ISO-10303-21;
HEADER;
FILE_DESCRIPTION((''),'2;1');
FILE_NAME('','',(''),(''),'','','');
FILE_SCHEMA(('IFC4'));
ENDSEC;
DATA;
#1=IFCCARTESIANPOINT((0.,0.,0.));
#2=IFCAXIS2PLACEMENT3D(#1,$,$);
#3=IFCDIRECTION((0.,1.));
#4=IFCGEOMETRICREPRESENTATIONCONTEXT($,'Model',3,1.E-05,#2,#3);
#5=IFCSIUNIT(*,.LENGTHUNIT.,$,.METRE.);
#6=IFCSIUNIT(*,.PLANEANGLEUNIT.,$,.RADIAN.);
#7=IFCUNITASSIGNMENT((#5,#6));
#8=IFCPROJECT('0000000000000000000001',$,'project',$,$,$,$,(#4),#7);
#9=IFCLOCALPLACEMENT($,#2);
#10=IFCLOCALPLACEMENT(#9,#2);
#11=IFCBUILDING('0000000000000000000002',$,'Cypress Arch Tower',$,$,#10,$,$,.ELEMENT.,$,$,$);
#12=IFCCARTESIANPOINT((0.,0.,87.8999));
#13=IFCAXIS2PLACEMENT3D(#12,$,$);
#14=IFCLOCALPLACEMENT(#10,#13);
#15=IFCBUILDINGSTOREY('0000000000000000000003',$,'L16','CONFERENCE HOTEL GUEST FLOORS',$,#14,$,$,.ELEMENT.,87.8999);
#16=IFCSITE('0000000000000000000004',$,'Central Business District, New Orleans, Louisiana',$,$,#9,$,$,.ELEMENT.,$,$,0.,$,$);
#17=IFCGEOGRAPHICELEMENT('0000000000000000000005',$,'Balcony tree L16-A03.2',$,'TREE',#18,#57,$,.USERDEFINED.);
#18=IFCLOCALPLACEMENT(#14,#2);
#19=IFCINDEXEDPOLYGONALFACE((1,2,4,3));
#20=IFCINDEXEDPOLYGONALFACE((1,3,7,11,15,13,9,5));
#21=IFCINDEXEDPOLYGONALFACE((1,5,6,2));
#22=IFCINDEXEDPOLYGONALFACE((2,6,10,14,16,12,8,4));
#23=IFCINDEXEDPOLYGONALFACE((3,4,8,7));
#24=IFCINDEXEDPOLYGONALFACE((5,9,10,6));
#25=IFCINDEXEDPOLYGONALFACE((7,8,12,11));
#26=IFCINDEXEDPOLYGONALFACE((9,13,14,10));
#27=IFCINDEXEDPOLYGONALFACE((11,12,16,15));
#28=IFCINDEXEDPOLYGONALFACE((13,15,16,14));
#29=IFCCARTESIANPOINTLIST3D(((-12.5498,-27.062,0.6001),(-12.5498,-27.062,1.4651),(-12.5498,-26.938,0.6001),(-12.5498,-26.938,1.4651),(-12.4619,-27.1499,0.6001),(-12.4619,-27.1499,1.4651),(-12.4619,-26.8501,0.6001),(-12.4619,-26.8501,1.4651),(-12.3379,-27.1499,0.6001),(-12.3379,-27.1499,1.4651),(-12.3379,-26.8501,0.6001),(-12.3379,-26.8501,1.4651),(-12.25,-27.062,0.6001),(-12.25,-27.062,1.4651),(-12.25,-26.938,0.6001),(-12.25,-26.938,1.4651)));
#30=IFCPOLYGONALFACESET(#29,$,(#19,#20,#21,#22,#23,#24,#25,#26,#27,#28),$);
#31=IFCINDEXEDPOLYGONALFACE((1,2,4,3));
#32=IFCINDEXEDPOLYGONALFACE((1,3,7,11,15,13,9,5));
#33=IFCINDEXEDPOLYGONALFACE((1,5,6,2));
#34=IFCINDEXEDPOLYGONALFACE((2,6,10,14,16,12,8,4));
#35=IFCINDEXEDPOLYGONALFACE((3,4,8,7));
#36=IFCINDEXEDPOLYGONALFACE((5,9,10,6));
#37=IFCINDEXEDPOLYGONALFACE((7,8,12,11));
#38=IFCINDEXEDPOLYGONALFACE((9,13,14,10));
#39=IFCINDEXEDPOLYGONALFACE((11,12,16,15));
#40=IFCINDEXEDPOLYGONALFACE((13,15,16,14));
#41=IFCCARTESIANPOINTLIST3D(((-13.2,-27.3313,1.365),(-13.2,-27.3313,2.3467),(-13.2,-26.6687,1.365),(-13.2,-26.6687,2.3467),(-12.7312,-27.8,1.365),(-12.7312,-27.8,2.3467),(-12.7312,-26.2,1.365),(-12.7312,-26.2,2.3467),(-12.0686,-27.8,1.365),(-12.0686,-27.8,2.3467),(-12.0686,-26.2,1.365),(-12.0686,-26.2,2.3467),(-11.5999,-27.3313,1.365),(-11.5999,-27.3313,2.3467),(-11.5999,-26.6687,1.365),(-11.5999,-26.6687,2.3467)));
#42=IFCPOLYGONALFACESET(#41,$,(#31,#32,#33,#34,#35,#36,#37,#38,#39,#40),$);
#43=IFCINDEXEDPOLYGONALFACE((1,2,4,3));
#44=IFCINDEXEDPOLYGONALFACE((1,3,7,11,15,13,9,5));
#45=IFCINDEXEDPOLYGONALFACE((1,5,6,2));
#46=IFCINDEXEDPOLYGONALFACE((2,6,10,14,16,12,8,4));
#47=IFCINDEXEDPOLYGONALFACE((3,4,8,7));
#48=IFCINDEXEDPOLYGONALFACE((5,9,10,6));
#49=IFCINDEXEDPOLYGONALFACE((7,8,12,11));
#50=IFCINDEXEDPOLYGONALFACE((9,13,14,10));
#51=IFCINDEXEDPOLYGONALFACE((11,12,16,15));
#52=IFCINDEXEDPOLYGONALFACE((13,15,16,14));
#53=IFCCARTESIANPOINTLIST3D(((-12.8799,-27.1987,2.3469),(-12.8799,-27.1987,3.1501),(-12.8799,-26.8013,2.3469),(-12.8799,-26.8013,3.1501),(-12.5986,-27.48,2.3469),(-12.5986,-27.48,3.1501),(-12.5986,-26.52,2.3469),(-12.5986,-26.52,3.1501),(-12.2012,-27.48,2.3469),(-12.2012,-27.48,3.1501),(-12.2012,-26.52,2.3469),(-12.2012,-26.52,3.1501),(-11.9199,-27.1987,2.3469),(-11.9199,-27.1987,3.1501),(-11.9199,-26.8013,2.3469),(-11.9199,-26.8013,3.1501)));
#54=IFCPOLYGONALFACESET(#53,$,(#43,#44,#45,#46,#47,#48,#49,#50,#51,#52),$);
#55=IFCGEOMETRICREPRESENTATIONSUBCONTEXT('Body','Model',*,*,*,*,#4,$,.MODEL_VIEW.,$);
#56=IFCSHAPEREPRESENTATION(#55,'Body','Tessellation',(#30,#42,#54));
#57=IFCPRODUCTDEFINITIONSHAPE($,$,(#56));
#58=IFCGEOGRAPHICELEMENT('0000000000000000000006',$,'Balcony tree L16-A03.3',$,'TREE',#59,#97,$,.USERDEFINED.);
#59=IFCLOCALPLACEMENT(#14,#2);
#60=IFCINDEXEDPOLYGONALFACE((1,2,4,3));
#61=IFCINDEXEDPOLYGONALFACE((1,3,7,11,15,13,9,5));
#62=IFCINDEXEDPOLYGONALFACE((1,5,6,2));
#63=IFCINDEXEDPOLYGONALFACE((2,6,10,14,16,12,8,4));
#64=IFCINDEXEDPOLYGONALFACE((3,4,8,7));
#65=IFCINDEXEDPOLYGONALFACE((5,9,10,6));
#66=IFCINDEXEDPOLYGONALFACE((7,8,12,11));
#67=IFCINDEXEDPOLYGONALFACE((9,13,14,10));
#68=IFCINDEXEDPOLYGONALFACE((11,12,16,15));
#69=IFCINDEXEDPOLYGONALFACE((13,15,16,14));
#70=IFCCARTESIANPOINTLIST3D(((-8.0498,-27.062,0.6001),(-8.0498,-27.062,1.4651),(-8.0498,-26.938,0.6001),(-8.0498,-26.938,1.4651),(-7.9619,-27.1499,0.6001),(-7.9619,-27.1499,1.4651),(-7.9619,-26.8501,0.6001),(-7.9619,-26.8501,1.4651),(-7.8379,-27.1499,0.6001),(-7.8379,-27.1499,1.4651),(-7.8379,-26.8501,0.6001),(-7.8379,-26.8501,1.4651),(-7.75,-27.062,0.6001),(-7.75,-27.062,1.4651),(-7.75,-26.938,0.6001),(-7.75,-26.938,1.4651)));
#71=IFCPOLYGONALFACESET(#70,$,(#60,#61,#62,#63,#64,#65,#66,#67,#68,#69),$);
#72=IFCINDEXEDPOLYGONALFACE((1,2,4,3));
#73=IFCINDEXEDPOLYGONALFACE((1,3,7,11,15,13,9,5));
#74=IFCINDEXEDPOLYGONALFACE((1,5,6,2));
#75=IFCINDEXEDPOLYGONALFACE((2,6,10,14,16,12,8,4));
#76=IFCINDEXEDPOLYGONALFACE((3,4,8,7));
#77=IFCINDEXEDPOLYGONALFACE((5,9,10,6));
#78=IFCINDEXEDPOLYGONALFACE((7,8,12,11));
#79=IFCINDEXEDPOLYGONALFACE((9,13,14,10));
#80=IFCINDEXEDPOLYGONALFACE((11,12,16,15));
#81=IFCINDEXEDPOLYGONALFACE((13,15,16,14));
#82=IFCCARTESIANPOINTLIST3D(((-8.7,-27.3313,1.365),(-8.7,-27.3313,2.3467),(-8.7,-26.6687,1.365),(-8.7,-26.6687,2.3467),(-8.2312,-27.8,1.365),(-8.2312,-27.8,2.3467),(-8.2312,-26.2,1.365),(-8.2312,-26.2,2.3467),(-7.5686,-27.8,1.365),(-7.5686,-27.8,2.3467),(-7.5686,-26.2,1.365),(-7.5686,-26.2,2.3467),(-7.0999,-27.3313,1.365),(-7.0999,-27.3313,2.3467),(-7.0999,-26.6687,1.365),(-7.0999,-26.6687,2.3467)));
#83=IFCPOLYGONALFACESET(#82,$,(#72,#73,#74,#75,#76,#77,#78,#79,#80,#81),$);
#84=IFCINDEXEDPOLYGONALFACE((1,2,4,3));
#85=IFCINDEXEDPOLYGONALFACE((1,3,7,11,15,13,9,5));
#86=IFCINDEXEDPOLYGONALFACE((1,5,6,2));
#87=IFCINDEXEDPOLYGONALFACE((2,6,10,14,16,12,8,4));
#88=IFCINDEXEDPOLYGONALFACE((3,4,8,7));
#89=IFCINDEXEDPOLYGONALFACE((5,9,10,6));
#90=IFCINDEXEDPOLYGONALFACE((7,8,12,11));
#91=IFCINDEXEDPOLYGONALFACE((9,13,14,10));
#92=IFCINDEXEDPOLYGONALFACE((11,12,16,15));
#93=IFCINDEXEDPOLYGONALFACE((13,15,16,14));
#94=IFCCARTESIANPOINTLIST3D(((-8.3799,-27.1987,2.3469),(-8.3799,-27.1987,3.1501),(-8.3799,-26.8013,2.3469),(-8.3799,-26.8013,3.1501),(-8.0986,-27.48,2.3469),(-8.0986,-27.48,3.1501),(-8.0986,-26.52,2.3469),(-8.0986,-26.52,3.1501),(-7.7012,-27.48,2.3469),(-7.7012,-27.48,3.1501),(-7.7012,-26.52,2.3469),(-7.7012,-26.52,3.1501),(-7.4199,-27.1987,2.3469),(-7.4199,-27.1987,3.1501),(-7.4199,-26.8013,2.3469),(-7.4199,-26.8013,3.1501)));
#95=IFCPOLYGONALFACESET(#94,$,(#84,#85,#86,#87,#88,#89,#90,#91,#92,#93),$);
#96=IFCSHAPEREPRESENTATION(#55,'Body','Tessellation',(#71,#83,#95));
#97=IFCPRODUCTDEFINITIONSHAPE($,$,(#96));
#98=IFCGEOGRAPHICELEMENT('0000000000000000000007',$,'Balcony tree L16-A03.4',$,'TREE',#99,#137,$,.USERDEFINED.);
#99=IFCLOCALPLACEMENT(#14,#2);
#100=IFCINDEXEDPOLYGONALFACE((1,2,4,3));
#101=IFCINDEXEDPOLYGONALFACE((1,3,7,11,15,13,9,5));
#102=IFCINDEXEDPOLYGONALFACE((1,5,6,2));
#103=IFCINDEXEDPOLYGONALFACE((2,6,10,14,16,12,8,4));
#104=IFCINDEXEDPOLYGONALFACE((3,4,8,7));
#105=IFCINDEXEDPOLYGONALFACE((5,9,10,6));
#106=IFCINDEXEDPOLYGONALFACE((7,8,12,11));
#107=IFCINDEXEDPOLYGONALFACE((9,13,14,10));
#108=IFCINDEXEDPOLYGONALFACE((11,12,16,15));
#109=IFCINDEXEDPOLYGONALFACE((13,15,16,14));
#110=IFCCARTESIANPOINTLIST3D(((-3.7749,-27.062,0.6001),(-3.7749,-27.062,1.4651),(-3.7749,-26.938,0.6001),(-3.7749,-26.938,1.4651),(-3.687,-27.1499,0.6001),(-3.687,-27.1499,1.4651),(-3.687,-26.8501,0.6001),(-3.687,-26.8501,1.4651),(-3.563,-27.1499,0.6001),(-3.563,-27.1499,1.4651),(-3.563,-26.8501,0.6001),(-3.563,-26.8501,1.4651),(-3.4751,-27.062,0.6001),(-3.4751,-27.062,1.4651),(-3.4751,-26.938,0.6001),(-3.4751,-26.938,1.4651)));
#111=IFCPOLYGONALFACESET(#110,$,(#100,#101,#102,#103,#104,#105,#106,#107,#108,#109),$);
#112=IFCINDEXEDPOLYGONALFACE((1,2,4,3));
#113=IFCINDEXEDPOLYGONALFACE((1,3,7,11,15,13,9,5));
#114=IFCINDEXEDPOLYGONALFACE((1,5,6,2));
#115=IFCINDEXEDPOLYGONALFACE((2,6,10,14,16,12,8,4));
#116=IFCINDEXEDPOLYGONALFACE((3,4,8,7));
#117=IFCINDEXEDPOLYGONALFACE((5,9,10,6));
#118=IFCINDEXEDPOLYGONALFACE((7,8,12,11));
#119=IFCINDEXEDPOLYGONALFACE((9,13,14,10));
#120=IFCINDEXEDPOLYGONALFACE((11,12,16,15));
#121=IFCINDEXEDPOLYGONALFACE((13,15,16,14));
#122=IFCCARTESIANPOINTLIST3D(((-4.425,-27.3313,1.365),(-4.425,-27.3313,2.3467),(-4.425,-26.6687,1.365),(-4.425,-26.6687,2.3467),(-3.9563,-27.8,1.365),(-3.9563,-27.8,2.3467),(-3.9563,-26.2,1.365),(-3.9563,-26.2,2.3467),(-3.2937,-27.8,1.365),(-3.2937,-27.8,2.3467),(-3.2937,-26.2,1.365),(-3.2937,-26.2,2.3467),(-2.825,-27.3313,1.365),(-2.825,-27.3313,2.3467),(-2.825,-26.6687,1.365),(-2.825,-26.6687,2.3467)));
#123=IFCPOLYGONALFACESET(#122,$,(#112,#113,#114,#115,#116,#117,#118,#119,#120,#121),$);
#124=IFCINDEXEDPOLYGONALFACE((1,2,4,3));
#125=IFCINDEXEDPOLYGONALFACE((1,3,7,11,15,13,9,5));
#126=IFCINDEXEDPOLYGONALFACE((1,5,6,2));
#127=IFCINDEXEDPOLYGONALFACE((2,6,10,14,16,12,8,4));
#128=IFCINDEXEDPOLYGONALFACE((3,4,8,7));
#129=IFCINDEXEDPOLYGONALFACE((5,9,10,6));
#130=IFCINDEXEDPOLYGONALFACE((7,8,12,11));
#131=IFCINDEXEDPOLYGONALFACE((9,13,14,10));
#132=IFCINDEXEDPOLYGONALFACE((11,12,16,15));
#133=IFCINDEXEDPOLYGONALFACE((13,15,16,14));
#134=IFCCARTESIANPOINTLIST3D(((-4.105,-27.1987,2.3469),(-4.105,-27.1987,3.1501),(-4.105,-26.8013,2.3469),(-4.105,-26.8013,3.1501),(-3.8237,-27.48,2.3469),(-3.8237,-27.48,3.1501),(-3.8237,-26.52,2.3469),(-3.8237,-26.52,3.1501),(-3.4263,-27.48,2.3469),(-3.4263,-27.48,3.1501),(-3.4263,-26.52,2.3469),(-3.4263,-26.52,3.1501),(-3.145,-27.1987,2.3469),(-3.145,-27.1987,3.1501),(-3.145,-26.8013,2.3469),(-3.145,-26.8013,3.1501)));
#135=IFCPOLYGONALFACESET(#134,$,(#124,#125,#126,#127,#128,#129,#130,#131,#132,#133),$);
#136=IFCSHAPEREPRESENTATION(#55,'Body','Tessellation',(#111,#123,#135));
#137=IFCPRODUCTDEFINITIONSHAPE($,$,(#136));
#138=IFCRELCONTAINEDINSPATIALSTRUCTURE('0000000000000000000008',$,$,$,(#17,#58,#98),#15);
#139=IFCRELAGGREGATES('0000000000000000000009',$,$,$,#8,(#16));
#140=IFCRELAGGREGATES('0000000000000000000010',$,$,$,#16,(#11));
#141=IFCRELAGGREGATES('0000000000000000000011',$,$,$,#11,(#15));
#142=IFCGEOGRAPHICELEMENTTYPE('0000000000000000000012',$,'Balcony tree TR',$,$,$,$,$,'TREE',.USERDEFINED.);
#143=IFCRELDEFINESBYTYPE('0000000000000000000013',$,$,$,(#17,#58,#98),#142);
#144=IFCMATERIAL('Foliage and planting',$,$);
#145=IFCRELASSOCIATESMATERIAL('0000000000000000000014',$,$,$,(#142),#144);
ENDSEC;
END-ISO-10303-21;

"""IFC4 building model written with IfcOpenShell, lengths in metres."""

from ifc_helpers import new_model, si_unit, direction, frame, origin, place, context, subcontext, project, spatial, polyline, outline, extrude, material, type_object, element, save


model = new_model("IFC4")

# Units and contexts
model_context = context("Model", 3, precision=1e-05, world=origin(), true_north=direction((0.0, 1.0)))
body_context = subcontext(model_context, "Body", "Model", "MODEL_VIEW")
ifc_project = project(units=[si_unit("LENGTHUNIT", "METRE"), si_unit("PLANEANGLEUNIT", "RADIAN")], contexts=[model_context])

# Site, building, storey
site_placement = place(None, origin())
site = spatial("IfcSite", under=ifc_project, at=site_placement, Name="Central Business District, New Orleans, Louisiana", CompositionType="ELEMENT", RefElevation=0.0)
building_placement = place(site_placement, origin())
building = spatial("IfcBuilding", under=site, at=building_placement, Name="Cypress Arch Tower", CompositionType="ELEMENT")
storey_placement = place(building_placement, frame((0.0, 0.0, 87.8999)))
storey = spatial("IfcBuildingStorey", under=building, at=storey_placement, Name="L16", Description="CONFERENCE HOTEL GUEST FLOORS", CompositionType="ELEMENT", Elevation=87.8999)

# Geographic elements
ifc_material_1 = material(Name="Foliage and planting")
geographic_element_type = type_object("IfcGeographicElementType", Name="Balcony tree TR", ElementType="TREE", PredefinedType="USERDEFINED", material=ifc_material_1)
for number, where, z_axis, x_axis, name in (
    (1, (-12.3999, -27.0, 0.6001), (0.0, 0.0, 1.0), (1.0, 0.0, 0.0), "Balcony tree L16-A03.2"),
    (2, (-7.8999, -27.0, 0.6001), (0.0, 0.0, 1.0), (1.0, 0.0, 0.0), "Balcony tree L16-A03.3"),
    (3, (-3.625, -27.0, 0.6001), (0.0, 0.0, 1.0), (1.0, 0.0, 0.0), "Balcony tree L16-A03.4"),
):
    element("IfcGeographicElement", number, at=place(storey_placement, frame(where, z_axis=z_axis, x_axis=x_axis)), inside=storey, type_object=geographic_element_type, Name=name, ObjectType="TREE", PredefinedType="USERDEFINED", context=body_context, shape_type="SweptSolid", body=[
        extrude(outline(polyline([(0.1499, 0.062), (0.062, 0.1499), (-0.062, 0.1499), (-0.1499, 0.062), (-0.1499, -0.062), (-0.062, -0.1499), (0.062, -0.1499), (0.1499, -0.062), (0.1499, 0.062)])), origin(), (0.0, 0.0, 1.0), 0.865),
        extrude(outline(polyline([(0.8, 0.3313), (0.3313, 0.8), (-0.3313, 0.8), (-0.8, 0.3313), (-0.8, -0.3313), (-0.3313, -0.8), (0.3313, -0.8), (0.8, -0.3313), (0.8, 0.3313)])), frame((0.0, 0.0, 0.7649)), (0.0, 0.0, 1.0), 0.9817),
        extrude(outline(polyline([(0.48, 0.1987), (0.1987, 0.48), (-0.1987, 0.48), (-0.48, 0.1987), (-0.48, -0.1987), (-0.1987, -0.48), (0.1987, -0.48), (0.48, -0.1987), (0.48, 0.1987)])), frame((0.0, 0.0, 1.7468)), (0.0, 0.0, 1.0), 0.8032),
    ])

save(model, "model.ifc")
